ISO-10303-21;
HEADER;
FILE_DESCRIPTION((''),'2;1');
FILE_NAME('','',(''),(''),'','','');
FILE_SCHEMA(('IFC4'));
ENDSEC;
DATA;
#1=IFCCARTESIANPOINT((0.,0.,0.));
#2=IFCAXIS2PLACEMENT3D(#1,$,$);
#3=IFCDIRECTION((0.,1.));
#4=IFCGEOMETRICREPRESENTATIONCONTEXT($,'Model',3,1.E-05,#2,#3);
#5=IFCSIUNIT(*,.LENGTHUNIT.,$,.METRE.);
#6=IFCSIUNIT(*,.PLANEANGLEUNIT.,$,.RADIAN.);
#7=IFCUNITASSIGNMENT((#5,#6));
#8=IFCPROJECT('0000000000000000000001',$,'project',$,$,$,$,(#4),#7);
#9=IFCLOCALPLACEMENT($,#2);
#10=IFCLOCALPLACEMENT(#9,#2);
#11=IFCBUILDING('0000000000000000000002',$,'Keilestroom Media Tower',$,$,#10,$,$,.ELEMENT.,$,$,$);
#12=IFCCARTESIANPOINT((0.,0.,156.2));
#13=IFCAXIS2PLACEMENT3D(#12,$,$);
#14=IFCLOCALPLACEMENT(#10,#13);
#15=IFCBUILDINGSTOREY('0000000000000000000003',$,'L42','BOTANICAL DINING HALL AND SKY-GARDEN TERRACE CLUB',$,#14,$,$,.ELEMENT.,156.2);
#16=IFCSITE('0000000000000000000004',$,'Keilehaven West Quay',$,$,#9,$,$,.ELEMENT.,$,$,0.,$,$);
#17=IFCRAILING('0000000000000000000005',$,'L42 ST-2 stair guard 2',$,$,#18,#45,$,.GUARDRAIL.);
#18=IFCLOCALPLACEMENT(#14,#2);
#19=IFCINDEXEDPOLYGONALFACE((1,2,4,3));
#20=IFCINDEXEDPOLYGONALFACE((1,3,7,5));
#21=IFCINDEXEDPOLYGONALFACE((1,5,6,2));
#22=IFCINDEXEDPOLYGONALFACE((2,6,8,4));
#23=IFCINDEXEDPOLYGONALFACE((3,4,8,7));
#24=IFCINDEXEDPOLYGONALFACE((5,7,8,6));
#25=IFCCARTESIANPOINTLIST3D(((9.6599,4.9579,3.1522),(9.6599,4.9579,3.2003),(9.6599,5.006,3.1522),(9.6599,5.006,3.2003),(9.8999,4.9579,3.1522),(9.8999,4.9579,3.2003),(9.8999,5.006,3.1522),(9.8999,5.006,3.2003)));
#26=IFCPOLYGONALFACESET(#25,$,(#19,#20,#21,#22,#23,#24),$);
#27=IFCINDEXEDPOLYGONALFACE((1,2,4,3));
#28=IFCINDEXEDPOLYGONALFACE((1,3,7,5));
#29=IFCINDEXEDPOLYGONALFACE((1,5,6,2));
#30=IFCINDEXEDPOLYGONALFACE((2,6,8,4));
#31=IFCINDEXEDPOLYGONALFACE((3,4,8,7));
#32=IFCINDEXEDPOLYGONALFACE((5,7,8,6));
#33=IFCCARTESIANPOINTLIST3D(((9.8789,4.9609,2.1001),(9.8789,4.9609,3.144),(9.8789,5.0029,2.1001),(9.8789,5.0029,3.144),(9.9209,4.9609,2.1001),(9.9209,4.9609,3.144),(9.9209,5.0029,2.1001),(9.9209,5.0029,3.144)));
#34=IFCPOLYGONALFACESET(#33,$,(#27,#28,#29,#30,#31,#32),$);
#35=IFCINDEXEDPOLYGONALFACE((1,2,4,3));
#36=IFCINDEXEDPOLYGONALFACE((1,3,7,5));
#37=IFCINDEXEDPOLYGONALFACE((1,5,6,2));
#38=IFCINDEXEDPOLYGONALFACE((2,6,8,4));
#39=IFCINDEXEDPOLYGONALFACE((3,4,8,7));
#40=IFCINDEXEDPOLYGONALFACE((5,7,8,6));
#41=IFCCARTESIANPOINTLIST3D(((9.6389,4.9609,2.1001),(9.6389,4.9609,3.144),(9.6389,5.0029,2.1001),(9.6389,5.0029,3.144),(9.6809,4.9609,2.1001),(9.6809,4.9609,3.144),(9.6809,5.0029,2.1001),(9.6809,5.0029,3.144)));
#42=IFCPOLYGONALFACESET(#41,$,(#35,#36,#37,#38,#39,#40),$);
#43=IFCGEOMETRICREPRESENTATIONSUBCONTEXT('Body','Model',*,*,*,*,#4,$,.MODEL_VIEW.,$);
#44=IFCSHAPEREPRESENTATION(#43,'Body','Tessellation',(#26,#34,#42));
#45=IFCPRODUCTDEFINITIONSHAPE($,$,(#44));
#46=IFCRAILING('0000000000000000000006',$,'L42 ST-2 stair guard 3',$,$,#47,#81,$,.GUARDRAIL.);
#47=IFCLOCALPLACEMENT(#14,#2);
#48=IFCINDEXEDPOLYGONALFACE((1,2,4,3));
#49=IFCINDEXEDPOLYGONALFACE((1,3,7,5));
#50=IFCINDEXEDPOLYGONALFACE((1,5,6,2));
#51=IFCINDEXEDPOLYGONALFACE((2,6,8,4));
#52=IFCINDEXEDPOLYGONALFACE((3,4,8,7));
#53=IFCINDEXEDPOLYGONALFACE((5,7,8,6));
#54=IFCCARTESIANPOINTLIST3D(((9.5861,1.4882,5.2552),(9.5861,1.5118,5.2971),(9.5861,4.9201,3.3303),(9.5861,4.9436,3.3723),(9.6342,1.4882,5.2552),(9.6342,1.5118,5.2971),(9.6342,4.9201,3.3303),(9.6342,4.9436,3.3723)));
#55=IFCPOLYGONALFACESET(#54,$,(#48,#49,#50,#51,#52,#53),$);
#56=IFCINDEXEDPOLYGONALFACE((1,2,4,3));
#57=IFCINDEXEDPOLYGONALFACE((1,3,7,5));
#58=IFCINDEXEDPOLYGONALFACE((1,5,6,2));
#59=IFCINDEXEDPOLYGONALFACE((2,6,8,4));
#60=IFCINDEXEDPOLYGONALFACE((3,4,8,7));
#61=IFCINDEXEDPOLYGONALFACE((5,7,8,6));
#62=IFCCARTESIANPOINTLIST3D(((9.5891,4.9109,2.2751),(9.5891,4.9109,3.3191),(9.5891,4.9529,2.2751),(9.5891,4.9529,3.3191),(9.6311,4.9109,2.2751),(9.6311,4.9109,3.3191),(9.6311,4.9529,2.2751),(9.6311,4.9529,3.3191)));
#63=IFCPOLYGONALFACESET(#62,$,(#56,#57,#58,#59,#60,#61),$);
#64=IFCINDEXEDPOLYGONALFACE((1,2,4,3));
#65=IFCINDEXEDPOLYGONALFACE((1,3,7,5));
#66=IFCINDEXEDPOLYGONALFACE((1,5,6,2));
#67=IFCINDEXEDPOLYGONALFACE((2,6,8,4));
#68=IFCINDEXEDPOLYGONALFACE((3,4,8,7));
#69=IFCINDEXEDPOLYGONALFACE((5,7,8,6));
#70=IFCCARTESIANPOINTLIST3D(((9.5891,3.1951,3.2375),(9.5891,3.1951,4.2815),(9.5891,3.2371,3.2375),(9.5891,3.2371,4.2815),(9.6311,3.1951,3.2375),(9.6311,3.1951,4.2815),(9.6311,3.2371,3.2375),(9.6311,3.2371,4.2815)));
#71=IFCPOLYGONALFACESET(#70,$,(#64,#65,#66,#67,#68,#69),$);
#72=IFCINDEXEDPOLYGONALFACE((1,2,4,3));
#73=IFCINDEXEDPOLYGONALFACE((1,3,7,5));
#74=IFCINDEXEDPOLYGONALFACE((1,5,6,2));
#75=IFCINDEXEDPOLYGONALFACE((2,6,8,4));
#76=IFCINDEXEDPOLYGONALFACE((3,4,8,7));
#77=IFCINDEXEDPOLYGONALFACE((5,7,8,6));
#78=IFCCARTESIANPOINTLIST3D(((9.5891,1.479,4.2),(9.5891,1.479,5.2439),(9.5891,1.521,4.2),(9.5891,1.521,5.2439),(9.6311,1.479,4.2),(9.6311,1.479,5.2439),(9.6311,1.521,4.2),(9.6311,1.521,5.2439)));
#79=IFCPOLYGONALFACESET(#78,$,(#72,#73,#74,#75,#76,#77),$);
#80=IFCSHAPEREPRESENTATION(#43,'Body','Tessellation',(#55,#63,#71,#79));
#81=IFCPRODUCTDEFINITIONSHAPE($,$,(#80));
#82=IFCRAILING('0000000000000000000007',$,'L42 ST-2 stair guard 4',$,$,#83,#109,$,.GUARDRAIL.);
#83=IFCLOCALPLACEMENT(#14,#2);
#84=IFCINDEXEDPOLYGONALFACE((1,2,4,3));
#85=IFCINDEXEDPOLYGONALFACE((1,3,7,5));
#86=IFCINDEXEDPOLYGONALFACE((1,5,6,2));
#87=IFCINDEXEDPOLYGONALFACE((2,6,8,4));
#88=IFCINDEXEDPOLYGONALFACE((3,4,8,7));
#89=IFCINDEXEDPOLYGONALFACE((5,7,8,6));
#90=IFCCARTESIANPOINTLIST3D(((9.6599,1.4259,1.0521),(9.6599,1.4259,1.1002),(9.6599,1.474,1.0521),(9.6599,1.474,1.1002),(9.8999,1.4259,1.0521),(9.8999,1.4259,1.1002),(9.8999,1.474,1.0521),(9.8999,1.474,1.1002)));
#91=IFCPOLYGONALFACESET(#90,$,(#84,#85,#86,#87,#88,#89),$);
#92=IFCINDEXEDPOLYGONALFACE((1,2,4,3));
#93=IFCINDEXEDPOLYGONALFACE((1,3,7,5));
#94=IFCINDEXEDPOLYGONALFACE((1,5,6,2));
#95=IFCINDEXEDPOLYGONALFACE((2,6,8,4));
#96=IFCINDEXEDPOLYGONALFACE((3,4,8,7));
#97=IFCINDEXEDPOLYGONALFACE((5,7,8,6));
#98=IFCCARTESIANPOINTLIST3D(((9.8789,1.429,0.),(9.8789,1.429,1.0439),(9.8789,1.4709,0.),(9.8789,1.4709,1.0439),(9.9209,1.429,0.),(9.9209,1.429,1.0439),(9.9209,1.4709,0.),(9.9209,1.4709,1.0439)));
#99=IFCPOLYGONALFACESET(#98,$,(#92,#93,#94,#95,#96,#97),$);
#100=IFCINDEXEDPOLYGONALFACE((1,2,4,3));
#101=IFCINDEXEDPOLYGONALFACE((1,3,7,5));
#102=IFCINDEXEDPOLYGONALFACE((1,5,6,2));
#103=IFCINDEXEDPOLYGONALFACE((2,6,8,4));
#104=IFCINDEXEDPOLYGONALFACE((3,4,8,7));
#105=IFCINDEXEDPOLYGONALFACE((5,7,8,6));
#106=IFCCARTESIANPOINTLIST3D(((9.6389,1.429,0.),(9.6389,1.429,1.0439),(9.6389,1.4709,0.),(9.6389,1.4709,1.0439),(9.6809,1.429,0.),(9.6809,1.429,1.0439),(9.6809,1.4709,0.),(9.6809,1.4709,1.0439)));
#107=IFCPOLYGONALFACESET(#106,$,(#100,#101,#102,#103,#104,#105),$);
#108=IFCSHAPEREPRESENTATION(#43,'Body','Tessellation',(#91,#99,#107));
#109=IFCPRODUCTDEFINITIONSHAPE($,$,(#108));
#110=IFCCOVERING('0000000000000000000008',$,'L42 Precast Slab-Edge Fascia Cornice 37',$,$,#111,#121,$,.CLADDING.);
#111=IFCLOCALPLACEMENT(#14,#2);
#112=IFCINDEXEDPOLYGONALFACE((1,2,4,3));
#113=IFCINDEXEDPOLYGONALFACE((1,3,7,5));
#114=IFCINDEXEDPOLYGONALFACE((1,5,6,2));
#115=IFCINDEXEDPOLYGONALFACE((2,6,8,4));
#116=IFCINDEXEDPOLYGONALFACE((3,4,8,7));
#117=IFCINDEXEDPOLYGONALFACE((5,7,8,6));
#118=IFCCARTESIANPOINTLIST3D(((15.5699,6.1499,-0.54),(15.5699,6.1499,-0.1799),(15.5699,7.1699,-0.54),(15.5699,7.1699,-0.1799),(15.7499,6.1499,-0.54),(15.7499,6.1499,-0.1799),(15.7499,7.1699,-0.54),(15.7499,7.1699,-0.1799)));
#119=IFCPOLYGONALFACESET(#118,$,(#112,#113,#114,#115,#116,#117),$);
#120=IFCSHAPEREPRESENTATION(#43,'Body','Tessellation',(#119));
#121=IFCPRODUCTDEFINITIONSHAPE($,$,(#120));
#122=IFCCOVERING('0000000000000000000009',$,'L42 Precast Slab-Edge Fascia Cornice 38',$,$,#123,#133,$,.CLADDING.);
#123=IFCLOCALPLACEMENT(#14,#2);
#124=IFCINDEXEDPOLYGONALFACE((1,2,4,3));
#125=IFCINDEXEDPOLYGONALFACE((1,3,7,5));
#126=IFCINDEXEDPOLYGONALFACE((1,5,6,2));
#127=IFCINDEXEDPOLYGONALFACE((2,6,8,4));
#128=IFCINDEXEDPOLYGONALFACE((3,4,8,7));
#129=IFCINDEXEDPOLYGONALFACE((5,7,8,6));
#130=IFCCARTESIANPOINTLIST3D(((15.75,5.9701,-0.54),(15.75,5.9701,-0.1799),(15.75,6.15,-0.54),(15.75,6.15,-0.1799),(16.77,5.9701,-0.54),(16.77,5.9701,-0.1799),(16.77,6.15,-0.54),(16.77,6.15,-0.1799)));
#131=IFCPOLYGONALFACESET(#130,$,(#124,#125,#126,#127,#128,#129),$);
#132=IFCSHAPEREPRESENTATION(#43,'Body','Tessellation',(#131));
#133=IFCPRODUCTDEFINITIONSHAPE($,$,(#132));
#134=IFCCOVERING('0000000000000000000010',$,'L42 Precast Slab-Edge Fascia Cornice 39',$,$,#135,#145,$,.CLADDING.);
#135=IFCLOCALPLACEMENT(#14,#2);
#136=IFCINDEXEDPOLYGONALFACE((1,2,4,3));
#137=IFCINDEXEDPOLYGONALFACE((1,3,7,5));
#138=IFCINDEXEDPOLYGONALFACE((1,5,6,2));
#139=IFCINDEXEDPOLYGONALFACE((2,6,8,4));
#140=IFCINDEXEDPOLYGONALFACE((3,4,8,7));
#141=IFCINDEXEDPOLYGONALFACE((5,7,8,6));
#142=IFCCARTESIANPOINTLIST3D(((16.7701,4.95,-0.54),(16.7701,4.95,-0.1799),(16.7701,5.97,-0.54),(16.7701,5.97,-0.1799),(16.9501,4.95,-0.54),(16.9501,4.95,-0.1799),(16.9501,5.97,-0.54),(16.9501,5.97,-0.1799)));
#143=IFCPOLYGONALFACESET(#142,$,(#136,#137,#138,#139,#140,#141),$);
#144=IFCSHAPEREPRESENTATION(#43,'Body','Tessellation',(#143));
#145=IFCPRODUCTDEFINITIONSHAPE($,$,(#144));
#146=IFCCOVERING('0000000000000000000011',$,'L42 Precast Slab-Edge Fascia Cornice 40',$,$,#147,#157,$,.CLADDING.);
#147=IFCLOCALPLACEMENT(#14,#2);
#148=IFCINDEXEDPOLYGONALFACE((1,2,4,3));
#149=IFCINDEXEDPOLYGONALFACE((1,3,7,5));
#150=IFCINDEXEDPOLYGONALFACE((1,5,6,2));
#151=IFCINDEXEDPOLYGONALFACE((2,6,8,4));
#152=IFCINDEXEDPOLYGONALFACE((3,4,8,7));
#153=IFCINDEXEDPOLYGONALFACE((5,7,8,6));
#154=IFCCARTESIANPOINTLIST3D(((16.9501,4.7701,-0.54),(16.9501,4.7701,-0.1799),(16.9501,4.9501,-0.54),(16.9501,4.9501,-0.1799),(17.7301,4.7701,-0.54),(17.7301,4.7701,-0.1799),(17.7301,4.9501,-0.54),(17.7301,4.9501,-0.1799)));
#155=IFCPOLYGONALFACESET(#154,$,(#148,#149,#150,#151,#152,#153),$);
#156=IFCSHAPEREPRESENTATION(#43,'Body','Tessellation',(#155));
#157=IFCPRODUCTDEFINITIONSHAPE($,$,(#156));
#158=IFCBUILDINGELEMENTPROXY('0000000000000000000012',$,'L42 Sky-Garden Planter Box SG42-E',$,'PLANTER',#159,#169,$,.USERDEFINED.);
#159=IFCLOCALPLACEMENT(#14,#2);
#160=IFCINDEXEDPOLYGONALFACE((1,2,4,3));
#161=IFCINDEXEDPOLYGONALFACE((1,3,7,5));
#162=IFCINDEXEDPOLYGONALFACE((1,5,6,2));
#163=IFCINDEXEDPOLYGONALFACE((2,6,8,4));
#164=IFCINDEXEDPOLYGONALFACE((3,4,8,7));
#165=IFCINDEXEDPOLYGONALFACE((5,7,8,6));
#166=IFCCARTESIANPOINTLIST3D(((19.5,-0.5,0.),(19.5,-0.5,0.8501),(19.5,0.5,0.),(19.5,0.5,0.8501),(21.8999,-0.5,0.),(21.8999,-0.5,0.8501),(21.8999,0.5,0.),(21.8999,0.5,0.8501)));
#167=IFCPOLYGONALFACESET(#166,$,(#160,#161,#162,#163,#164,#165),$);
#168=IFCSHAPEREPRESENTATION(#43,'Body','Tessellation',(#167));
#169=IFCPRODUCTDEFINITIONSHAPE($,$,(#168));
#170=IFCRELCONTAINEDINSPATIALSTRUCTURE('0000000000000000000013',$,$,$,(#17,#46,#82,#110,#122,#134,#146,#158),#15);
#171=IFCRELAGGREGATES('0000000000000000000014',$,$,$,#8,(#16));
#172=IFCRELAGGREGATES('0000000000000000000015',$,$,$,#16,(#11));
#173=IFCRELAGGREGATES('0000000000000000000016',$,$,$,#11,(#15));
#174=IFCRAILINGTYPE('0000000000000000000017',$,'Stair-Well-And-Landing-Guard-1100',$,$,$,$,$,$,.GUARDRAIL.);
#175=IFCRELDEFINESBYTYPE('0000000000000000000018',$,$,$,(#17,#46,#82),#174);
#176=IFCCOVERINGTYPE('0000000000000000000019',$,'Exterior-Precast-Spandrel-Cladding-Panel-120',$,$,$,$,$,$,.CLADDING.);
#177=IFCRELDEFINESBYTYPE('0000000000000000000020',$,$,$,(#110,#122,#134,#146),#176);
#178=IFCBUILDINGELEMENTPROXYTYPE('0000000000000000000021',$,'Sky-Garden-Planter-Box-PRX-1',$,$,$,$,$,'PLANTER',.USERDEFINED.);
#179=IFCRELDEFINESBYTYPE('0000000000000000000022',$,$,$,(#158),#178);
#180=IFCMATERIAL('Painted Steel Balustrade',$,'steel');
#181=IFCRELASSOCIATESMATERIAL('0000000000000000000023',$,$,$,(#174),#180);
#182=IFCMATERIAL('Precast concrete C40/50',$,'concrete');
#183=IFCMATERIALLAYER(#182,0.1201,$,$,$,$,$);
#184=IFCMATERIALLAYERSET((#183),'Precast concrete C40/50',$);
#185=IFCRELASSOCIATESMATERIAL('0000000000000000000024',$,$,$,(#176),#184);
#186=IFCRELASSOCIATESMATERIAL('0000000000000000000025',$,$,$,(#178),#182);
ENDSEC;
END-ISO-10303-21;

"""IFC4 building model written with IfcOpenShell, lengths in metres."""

from ifc_helpers import new_model, si_unit, direction, frame, origin, origin_2d, place, context, subcontext, project, spatial, rectangle, extrude, source, transform, mapped, material, layer, layer_set, type_object, element, save


model = new_model("IFC4")

# Units and contexts
model_context = context("Model", 3, precision=1e-05, world=origin(), true_north=direction((0.0, 1.0)))
body_context = subcontext(model_context, "Body", "Model", "MODEL_VIEW")
ifc_project = project(units=[si_unit("LENGTHUNIT", "METRE"), si_unit("PLANEANGLEUNIT", "RADIAN")], contexts=[model_context])

# Site, building, storey
site_placement = place(None, origin())
site = spatial("IfcSite", under=ifc_project, at=site_placement, Name="Keilehaven West Quay", CompositionType="ELEMENT", RefElevation=0.0)
building_placement = place(site_placement, origin())
building = spatial("IfcBuilding", under=site, at=building_placement, Name="Keilestroom Media Tower", CompositionType="ELEMENT")
storey_placement = place(building_placement, frame((0.0, 0.0, 156.2)))
storey = spatial("IfcBuildingStorey", under=building, at=storey_placement, Name="L42", Description="BOTANICAL DINING HALL AND SKY-GARDEN TERRACE CLUB", CompositionType="ELEMENT", Elevation=156.2)

# Shared definitions
ifc_material_1 = material(Name="Precast concrete C40/50", Category="concrete")

# Railings
ifc_material_2 = material(Name="Painted Steel Balustrade", Category="steel")
railing_type_1 = type_object("IfcRailingType", Name="Stair-Well-And-Landing-Guard-1100", PredefinedType="GUARDRAIL", material=ifc_material_2)
railing_1_placement = place(storey_placement, frame((9.8999, 4.9819, 2.1001)))
element("IfcRailing", 1, at=railing_1_placement, inside=storey, type_object=railing_type_1, Name="L42 ST-2 stair guard 2", PredefinedType="GUARDRAIL", context=body_context, shape_type="SweptSolid", body=[
    extrude(rectangle(XDim=0.0481, YDim=0.0481, at=origin_2d()), frame((0.0, 0.0, 1.0762), z_axis=(-1.0, 0.0, 0.0), x_axis=(0.0, -1.0, 0.0)), (0.0, 0.0, 1.0), 0.24),
    extrude(rectangle(XDim=0.042, YDim=0.042, at=origin_2d()), origin(), (0.0, 0.0, 1.0), 1.0439),
    extrude(rectangle(XDim=0.042, YDim=0.042, at=origin_2d()), frame((-0.24, 0.0, 0.0)), (0.0, 0.0, 1.0), 1.0439),
])
railing_2_placement = place(storey_placement, frame((9.6101, 4.9319, 2.2751)))
element("IfcRailing", 2, at=railing_2_placement, inside=storey, type_object=railing_type_1, Name="L42 ST-2 stair guard 3", PredefinedType="GUARDRAIL", context=body_context, shape_type="SweptSolid", body=[
    extrude(rectangle(XDim=0.0481, YDim=0.0481, at=origin_2d()), frame((0.0, 0.0, 1.0762), z_axis=(0.0, -0.872186, 0.489174), x_axis=(1.0, 0.0, 0.0)), (0.0, 0.0, 1.0), 3.9348),
    extrude(rectangle(XDim=0.042, YDim=0.042, at=origin_2d()), origin(), (0.0, 0.0, 1.0), 1.0439),
    extrude(rectangle(XDim=0.042, YDim=0.042, at=origin_2d()), frame((0.0, -1.7158, 0.9624)), (0.0, 0.0, 1.0), 1.0439),
    extrude(rectangle(XDim=0.042, YDim=0.042, at=origin_2d()), frame((0.0, -3.4319, 1.9248)), (0.0, 0.0, 1.0), 1.0439),
])
railing_3_placement = place(storey_placement, frame((9.8999, 1.45, 0.0)))
element("IfcRailing", 3, at=railing_3_placement, inside=storey, type_object=railing_type_1, Name="L42 ST-2 stair guard 4", PredefinedType="GUARDRAIL", context=body_context, shape_type="SweptSolid", body=[
    extrude(rectangle(XDim=0.0481, YDim=0.0481, at=origin_2d()), frame((0.0, 0.0, 1.0762), z_axis=(-1.0, 0.0, 0.0), x_axis=(0.0, -1.0, 0.0)), (0.0, 0.0, 1.0), 0.24),
    extrude(rectangle(XDim=0.042, YDim=0.042, at=origin_2d()), origin(), (0.0, 0.0, 1.0), 1.0439),
    extrude(rectangle(XDim=0.042, YDim=0.042, at=origin_2d()), frame((-0.24, 0.0, 0.0)), (0.0, 0.0, 1.0), 1.0439),
])

# Coverings
ifc_layer_1 = layer(ifc_material_1, 0.1201)
ifc_layer_set_1 = layer_set([ifc_layer_1], Name="Precast concrete C40/50")
covering_type = type_object("IfcCoveringType", Name="Exterior-Precast-Spandrel-Cladding-Panel-120", PredefinedType="CLADDING", material=ifc_layer_set_1)
shared_shape_1 = source(origin(), body_context, "Body", "SweptSolid", [
    extrude(rectangle(XDim=1.02, YDim=0.1799, at=origin_2d()), origin(), (0.0, 0.0, 1.0), 0.3601),
])
for number, where, z_axis, x_axis, name in (
    (4, (15.6599, 6.6599, -0.54), (0.0, 0.0, 1.0), (0.0, -1.0, 0.0), "L42 Precast Slab-Edge Fascia Cornice 37"),
    (5, (16.26, 6.0601, -0.54), (0.0, 0.0, 1.0), (1.0, 0.0, 0.0), "L42 Precast Slab-Edge Fascia Cornice 38"),
    (6, (16.8601, 5.46, -0.54), (0.0, 0.0, 1.0), (0.0, -1.0, 0.0), "L42 Precast Slab-Edge Fascia Cornice 39"),
):
    element("IfcCovering", number, at=place(storey_placement, frame(where, z_axis=z_axis, x_axis=x_axis)), inside=storey, type_object=covering_type, Name=name, PredefinedType="CLADDING", context=body_context, shape_type="MappedRepresentation", body=[
        mapped(shared_shape_1, transform((0.0, 0.0, 0.0), x_axis=(1.0, 0.0, 0.0), y_axis=(0.0, 1.0, 0.0), z_axis=(0.0, 0.0, 1.0), scale=1.0)),
    ])
shared_shape_2 = source(origin(), body_context, "Body", "SweptSolid", [
    extrude(rectangle(XDim=0.78, YDim=0.1799, at=origin_2d()), origin(), (0.0, 0.0, 1.0), 0.3601),
])
covering_placement = place(storey_placement, frame((17.3401, 4.8601, -0.54), z_axis=(0.0, 0.0, 1.0), x_axis=(1.0, 0.0, 0.0)))
element("IfcCovering", 7, at=covering_placement, inside=storey, type_object=covering_type, Name="L42 Precast Slab-Edge Fascia Cornice 40", PredefinedType="CLADDING", context=body_context, shape_type="MappedRepresentation", body=[
    mapped(shared_shape_2, transform((0.0, 0.0, 0.0), x_axis=(1.0, 0.0, 0.0), y_axis=(0.0, 1.0, 0.0), z_axis=(0.0, 0.0, 1.0), scale=1.0)),
])

# Building element proxy
building_element_proxy_type = type_object("IfcBuildingElementProxyType", Name="Sky-Garden-Planter-Box-PRX-1", ElementType="PLANTER", PredefinedType="USERDEFINED", material=ifc_material_1)
shared_shape_3 = source(origin(), body_context, "Body", "SweptSolid", [
    extrude(rectangle(XDim=2.3999, YDim=1.0, at=origin_2d()), origin(), (0.0, 0.0, 1.0), 0.8501),
])
proxy_placement = place(storey_placement, frame((20.7, 0.0, 0.0), z_axis=(0.0, 0.0, 1.0), x_axis=(1.0, 0.0, 0.0)))
element("IfcBuildingElementProxy", 8, at=proxy_placement, inside=storey, type_object=building_element_proxy_type, Name="L42 Sky-Garden Planter Box SG42-E", ObjectType="PLANTER", PredefinedType="USERDEFINED", context=body_context, shape_type="MappedRepresentation", body=[
    mapped(shared_shape_3, transform((0.0, 0.0, 0.0), x_axis=(1.0, 0.0, 0.0), y_axis=(0.0, 1.0, 0.0), z_axis=(0.0, 0.0, 1.0), scale=1.0)),
])

save(model, "model.ifc")
